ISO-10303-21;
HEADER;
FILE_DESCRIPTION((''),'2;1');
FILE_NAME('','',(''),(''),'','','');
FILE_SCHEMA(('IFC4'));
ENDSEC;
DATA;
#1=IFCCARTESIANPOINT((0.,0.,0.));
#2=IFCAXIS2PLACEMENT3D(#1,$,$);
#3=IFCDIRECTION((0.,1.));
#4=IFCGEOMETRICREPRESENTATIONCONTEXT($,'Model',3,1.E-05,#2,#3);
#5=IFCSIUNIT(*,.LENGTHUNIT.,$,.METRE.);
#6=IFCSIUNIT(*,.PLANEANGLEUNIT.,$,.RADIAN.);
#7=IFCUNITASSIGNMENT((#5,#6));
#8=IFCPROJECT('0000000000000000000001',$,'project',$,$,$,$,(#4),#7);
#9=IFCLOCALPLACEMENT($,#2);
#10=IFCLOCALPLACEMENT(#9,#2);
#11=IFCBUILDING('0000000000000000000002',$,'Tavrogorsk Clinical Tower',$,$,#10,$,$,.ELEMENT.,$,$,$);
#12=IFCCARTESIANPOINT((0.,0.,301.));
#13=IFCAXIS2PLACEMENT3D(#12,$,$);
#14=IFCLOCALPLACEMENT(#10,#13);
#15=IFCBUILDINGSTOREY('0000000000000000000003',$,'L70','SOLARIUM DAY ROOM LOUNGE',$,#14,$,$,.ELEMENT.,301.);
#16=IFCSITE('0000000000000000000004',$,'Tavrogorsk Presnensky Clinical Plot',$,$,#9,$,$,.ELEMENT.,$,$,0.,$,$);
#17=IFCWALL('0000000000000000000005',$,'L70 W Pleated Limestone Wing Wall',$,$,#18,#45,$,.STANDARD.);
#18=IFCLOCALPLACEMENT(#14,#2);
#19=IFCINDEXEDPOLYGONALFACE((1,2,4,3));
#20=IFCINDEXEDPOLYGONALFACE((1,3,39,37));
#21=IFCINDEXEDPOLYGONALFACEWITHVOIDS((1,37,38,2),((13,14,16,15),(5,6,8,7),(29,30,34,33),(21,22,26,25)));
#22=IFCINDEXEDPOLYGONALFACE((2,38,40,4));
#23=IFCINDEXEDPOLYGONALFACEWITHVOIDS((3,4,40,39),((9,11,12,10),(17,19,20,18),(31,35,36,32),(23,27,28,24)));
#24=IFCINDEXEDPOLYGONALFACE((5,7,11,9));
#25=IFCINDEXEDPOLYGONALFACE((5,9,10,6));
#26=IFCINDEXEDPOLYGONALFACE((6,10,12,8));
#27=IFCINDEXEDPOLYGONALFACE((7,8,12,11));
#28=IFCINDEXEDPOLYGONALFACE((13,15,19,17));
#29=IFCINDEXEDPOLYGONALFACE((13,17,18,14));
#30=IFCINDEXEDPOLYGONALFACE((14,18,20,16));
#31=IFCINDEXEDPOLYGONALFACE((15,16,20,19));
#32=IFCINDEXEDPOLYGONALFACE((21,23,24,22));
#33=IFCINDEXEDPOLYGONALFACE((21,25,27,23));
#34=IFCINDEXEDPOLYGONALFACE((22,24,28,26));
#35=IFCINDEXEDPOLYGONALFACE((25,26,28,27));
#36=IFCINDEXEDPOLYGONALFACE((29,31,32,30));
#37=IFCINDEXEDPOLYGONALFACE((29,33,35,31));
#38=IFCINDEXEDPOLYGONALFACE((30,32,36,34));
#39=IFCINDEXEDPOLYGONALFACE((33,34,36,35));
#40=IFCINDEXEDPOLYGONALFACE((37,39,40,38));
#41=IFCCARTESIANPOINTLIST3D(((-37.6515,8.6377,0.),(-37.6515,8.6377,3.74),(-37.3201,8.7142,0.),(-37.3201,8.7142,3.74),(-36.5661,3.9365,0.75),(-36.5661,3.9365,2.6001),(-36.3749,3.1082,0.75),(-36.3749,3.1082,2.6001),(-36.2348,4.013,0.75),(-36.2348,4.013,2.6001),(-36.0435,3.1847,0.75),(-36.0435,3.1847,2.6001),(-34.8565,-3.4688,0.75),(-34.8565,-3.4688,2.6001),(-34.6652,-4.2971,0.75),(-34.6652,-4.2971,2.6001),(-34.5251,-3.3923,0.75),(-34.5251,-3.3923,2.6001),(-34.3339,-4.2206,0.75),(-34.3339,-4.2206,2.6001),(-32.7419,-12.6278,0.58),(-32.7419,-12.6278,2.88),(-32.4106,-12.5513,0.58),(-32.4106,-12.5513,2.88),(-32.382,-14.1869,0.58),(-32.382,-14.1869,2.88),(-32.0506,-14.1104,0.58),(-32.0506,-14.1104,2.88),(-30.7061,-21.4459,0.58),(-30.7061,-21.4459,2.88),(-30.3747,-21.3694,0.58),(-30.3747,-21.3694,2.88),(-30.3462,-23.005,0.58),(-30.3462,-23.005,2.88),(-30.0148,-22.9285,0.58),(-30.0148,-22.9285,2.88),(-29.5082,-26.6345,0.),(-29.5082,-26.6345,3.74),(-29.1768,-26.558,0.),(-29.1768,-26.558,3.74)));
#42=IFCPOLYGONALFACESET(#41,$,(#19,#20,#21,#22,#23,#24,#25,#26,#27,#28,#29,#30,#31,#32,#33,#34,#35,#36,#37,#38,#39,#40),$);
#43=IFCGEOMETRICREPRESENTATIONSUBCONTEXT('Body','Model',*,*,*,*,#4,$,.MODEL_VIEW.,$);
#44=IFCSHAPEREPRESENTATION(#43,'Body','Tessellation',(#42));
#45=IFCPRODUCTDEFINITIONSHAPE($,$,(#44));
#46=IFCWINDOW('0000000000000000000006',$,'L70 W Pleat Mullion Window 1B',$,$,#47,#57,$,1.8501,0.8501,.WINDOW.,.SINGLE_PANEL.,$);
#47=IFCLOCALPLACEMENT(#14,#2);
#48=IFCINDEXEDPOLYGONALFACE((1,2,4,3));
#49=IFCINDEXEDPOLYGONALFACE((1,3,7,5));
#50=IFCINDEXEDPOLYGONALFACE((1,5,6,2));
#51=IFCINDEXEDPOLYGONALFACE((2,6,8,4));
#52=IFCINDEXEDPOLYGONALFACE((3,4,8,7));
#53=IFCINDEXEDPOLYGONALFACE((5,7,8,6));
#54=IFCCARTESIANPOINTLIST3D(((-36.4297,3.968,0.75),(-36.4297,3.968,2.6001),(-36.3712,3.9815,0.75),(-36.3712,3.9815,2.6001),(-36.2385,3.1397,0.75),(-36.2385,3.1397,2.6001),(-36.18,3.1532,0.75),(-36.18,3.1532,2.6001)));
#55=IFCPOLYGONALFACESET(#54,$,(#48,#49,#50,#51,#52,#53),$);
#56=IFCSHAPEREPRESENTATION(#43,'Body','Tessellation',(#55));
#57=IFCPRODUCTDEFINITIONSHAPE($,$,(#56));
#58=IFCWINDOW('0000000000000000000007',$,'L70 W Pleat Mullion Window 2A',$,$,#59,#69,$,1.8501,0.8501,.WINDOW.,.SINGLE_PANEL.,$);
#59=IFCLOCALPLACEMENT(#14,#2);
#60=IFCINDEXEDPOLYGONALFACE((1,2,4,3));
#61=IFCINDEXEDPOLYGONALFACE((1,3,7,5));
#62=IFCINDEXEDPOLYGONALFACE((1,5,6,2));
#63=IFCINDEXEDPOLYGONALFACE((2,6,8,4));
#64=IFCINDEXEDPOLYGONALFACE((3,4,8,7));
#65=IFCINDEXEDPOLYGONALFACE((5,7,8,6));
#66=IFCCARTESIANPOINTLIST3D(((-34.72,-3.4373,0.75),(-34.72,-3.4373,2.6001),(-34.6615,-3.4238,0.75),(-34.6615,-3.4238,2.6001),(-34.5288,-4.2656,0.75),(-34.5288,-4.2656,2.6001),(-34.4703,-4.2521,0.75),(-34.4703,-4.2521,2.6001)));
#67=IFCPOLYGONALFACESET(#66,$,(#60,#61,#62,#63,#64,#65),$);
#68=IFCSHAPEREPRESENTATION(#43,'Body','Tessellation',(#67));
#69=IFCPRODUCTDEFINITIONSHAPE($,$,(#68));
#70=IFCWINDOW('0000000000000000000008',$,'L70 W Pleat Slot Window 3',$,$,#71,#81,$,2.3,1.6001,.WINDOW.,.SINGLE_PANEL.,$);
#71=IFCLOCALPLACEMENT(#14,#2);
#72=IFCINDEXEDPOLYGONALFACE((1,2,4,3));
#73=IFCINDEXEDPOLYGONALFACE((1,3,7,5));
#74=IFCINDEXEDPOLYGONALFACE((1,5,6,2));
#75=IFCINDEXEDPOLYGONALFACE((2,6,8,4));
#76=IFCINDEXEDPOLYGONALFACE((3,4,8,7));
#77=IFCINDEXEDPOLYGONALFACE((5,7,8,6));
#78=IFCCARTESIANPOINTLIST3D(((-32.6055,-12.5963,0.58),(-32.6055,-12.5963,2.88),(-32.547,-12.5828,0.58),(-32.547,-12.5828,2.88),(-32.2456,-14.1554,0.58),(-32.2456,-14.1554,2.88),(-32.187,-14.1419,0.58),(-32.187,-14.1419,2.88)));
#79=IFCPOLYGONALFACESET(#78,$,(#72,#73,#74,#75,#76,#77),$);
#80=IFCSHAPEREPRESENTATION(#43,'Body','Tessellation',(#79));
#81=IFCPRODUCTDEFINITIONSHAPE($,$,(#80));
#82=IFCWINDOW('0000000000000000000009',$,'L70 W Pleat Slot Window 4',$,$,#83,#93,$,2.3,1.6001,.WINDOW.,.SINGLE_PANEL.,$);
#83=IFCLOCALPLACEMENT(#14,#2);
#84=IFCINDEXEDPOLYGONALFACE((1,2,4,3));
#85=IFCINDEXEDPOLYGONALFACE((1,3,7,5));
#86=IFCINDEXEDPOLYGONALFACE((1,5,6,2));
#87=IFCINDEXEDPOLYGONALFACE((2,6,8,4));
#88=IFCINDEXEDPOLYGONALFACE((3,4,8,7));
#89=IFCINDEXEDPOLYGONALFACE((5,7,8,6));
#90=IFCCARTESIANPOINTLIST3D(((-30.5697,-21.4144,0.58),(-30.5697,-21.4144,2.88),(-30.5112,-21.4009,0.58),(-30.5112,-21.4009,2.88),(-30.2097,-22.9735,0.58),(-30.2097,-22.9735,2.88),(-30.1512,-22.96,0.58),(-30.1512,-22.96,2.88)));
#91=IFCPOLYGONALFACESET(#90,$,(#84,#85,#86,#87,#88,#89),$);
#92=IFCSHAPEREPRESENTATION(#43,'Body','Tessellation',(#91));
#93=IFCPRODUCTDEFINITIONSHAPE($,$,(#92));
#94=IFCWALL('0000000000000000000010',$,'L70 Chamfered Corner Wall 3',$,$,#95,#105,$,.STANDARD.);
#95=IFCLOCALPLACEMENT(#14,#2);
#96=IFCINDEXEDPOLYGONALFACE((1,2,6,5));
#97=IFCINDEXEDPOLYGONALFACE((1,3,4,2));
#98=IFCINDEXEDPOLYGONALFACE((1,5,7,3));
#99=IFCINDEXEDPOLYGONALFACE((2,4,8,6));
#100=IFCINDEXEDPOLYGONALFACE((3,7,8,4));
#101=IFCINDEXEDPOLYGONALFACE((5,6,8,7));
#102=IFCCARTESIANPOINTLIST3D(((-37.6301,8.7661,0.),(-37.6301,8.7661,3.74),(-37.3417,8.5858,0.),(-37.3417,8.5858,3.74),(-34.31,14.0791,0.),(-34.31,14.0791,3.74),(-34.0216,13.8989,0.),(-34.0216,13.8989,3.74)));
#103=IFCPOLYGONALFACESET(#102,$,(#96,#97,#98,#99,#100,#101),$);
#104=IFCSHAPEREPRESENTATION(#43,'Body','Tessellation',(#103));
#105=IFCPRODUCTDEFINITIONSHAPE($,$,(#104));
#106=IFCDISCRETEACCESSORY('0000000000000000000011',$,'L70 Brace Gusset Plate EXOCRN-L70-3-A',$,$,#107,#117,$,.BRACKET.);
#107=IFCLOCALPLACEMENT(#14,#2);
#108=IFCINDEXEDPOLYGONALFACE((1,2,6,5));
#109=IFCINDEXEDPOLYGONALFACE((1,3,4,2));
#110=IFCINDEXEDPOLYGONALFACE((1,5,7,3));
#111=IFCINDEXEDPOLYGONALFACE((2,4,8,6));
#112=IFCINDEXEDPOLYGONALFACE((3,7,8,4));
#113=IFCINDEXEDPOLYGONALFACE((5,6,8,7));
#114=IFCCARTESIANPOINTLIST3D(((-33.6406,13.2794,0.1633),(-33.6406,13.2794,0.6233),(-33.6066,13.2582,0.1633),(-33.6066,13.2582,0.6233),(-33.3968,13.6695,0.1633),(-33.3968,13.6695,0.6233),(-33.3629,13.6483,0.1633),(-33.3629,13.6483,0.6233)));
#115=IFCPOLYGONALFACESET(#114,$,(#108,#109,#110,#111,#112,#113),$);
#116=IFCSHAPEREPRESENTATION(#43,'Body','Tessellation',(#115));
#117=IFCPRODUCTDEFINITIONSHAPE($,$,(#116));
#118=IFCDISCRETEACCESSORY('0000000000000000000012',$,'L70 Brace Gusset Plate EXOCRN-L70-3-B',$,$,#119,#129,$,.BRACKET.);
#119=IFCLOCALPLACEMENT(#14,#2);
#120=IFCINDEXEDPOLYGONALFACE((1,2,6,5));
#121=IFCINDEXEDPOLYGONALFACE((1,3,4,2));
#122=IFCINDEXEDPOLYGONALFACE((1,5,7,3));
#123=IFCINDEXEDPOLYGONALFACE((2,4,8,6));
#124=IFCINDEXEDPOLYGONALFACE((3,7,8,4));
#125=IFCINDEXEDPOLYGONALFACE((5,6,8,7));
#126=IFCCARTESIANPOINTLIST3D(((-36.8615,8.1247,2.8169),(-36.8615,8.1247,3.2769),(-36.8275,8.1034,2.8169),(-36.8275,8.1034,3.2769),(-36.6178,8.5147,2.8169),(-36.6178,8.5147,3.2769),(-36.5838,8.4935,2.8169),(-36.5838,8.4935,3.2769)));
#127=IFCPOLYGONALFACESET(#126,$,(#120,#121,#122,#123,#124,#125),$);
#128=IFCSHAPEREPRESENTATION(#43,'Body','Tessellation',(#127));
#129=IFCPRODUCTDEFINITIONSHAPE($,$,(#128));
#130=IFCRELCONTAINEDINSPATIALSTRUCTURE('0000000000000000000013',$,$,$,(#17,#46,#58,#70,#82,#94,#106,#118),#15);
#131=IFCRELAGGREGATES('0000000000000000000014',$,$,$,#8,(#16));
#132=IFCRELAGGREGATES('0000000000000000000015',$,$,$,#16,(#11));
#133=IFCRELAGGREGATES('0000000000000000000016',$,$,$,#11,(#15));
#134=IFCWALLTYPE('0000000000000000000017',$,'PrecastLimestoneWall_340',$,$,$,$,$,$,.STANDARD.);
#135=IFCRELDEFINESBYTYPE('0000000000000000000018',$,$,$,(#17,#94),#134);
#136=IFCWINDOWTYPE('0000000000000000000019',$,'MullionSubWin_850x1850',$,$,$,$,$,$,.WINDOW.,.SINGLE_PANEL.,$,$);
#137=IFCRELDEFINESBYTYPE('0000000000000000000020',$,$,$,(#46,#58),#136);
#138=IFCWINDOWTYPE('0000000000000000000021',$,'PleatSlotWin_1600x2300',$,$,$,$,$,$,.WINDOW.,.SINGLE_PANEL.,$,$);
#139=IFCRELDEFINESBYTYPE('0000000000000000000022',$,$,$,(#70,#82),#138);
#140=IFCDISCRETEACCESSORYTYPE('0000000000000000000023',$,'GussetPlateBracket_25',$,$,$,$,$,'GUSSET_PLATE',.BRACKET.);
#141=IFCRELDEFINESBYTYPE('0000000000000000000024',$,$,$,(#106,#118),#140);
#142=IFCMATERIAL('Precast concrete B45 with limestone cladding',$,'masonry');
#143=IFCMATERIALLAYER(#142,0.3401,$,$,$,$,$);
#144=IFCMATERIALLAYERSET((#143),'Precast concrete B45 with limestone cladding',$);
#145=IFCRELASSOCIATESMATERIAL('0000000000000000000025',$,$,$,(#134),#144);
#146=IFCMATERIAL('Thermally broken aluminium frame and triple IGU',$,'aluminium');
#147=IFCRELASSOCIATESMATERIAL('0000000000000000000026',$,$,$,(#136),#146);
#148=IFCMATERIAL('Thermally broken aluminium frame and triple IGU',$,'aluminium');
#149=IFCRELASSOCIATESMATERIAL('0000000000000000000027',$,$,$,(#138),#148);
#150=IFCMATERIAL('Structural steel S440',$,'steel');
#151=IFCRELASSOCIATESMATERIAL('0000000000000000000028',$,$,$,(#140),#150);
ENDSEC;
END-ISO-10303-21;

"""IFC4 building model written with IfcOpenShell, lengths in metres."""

from ifc_helpers import new_model, si_unit, direction, frame, frame_2d, origin, origin_2d, place, context, subcontext, project, spatial, rectangle, extrude, material, layer, layer_set, type_object, element, fill, save


model = new_model("IFC4")

# Units and contexts
model_context = context("Model", 3, precision=1e-05, world=origin(), true_north=direction((0.0, 1.0)))
body_context = subcontext(model_context, "Body", "Model", "MODEL_VIEW")
ifc_project = project(units=[si_unit("LENGTHUNIT", "METRE"), si_unit("PLANEANGLEUNIT", "RADIAN")], contexts=[model_context])

# Site, building, storey
site_placement = place(None, origin())
site = spatial("IfcSite", under=ifc_project, at=site_placement, Name="Tavrogorsk Presnensky Clinical Plot", CompositionType="ELEMENT", RefElevation=0.0)
building_placement = place(site_placement, origin())
building = spatial("IfcBuilding", under=site, at=building_placement, Name="Tavrogorsk Clinical Tower", CompositionType="ELEMENT")
storey_placement = place(building_placement, frame((0.0, 0.0, 301.0)))
storey = spatial("IfcBuildingStorey", under=building, at=storey_placement, Name="L70", Description="SOLARIUM DAY ROOM LOUNGE", CompositionType="ELEMENT", Elevation=301.0)

# Wall, openings, windows
ifc_material_1 = material(Name="Precast concrete B45 with limestone cladding", Category="masonry")
ifc_layer_1 = layer(ifc_material_1, 0.3401)
ifc_layer_set_1 = layer_set([ifc_layer_1], Name="Precast concrete B45 with limestone cladding")
wall_type_1 = type_object("IfcWallType", Name="PrecastLimestoneWall_340", PredefinedType="STANDARD", material=ifc_layer_set_1)
wall_1_placement = place(storey_placement, frame((-37.4858, 8.676, 0.0), z_axis=(0.0, 0.0, 1.0), x_axis=(0.224953, -0.97437, 0.0)))
wall_1 = element("IfcWall", 1, at=wall_1_placement, inside=storey, type_object=wall_type_1, Name="L70 W Pleated Limestone Wing Wall", PredefinedType="STANDARD", context=body_context, shape_type="SweptSolid", body=[
    extrude(rectangle(XDim=36.2, YDim=0.3401, at=frame_2d((18.1001, 0.0))), origin(), (0.0, 0.0, 1.0), 3.74),
])
opening_1_placement = place(wall_1_placement, frame((4.825, 0.0, 0.75)))
opening_1 = element("IfcOpeningElement", 2, at=opening_1_placement, cuts=wall_1, PredefinedType="OPENING", context=body_context, shape_type="SweptSolid", body=[
    extrude(rectangle(XDim=0.8501, YDim=1.8501, at=frame_2d((0.425, 0.925))), frame((0.0, 0.1799, 0.0), z_axis=(0.0, -1.0, 0.0), x_axis=(1.0, 0.0, 0.0)), (0.0, 0.0, 1.0), 0.3601),
])
opening_2_placement = place(wall_1_placement, frame((12.425, 0.0, 0.75)))
opening_2 = element("IfcOpeningElement", 3, at=opening_2_placement, cuts=wall_1, PredefinedType="OPENING", context=body_context, shape_type="SweptSolid", body=[
    extrude(rectangle(XDim=0.8501, YDim=1.8501, at=frame_2d((0.425, 0.925))), frame((0.0, 0.1799, 0.0), z_axis=(0.0, -1.0, 0.0), x_axis=(1.0, 0.0, 0.0)), (0.0, 0.0, 1.0), 0.3601),
])
opening_3_placement = place(wall_1_placement, frame((21.825, 0.0, 0.5801)))
opening_3 = element("IfcOpeningElement", 4, at=opening_3_placement, cuts=wall_1, PredefinedType="OPENING", context=body_context, shape_type="SweptSolid", body=[
    extrude(rectangle(XDim=1.6001, YDim=2.3, at=frame_2d((0.8, 1.1499))), frame((0.0, 0.1799, 0.0), z_axis=(0.0, -1.0, 0.0), x_axis=(1.0, 0.0, 0.0)), (0.0, 0.0, 1.0), 0.3601),
])
opening_4_placement = place(wall_1_placement, frame((30.875, 0.0, 0.5801)))
opening_4 = element("IfcOpeningElement", 5, at=opening_4_placement, cuts=wall_1, PredefinedType="OPENING", context=body_context, shape_type="SweptSolid", body=[
    extrude(rectangle(XDim=1.6001, YDim=2.3, at=frame_2d((0.8, 1.1499))), frame((0.0, 0.1799, 0.0), z_axis=(0.0, -1.0, 0.0), x_axis=(1.0, 0.0, 0.0)), (0.0, 0.0, 1.0), 0.3601),
])
ifc_material_2 = material(Name="Thermally broken aluminium frame and triple IGU", Category="aluminium")
window_type_1 = type_object("IfcWindowType", Name="MullionSubWin_850x1850", PartitioningType="SINGLE_PANEL", PredefinedType="WINDOW", material=ifc_material_2)
window_1_placement = place(opening_1_placement, origin())
window_1 = element("IfcWindow", 6, at=window_1_placement, inside=storey, type_object=window_type_1, Name="L70 W Pleat Mullion Window 1B", OverallHeight=1.8501, OverallWidth=0.8501, PartitioningType="SINGLE_PANEL", PredefinedType="WINDOW", context=body_context, shape_type="SweptSolid", body=[
    extrude(rectangle(XDim=0.8501, YDim=1.8501, at=frame_2d((0.425, 0.925))), frame((0.0, 0.03, 0.0), z_axis=(0.0, -1.0, 0.0), x_axis=(1.0, 0.0, 0.0)), (0.0, 0.0, 1.0), 0.0601),
])
fill(opening_1, window_1)
window_2_placement = place(opening_2_placement, origin())
window_2 = element("IfcWindow", 7, at=window_2_placement, inside=storey, type_object=window_type_1, Name="L70 W Pleat Mullion Window 2A", OverallHeight=1.8501, OverallWidth=0.8501, PartitioningType="SINGLE_PANEL", PredefinedType="WINDOW", context=body_context, shape_type="SweptSolid", body=[
    extrude(rectangle(XDim=0.8501, YDim=1.8501, at=frame_2d((0.425, 0.925))), frame((0.0, 0.03, 0.0), z_axis=(0.0, -1.0, 0.0), x_axis=(1.0, 0.0, 0.0)), (0.0, 0.0, 1.0), 0.0601),
])
fill(opening_2, window_2)
ifc_material_3 = material(Name="Thermally broken aluminium frame and triple IGU", Category="aluminium")
window_type_2 = type_object("IfcWindowType", Name="PleatSlotWin_1600x2300", PartitioningType="SINGLE_PANEL", PredefinedType="WINDOW", material=ifc_material_3)
window_3_placement = place(opening_3_placement, origin())
window_3 = element("IfcWindow", 8, at=window_3_placement, inside=storey, type_object=window_type_2, Name="L70 W Pleat Slot Window 3", OverallHeight=2.3, OverallWidth=1.6001, PartitioningType="SINGLE_PANEL", PredefinedType="WINDOW", context=body_context, shape_type="SweptSolid", body=[
    extrude(rectangle(XDim=1.6001, YDim=2.3, at=frame_2d((0.8, 1.1499))), frame((0.0, 0.03, 0.0), z_axis=(0.0, -1.0, 0.0), x_axis=(1.0, 0.0, 0.0)), (0.0, 0.0, 1.0), 0.0601),
])
fill(opening_3, window_3)
window_4_placement = place(opening_4_placement, origin())
window_4 = element("IfcWindow", 9, at=window_4_placement, inside=storey, type_object=window_type_2, Name="L70 W Pleat Slot Window 4", OverallHeight=2.3, OverallWidth=1.6001, PartitioningType="SINGLE_PANEL", PredefinedType="WINDOW", context=body_context, shape_type="SweptSolid", body=[
    extrude(rectangle(XDim=1.6001, YDim=2.3, at=frame_2d((0.8, 1.1499))), frame((0.0, 0.03, 0.0), z_axis=(0.0, -1.0, 0.0), x_axis=(1.0, 0.0, 0.0)), (0.0, 0.0, 1.0), 0.0601),
])
fill(opening_4, window_4)

# Wall
wall_2_placement = place(storey_placement, frame((-34.1658, 13.989, 0.0), z_axis=(0.0, 0.0, 1.0), x_axis=(-0.529936, -0.848038, 0.0)))
element("IfcWall", 10, at=wall_2_placement, inside=storey, type_object=wall_type_1, Name="L70 Chamfered Corner Wall 3", PredefinedType="STANDARD", context=body_context, shape_type="SweptSolid", body=[
    extrude(rectangle(XDim=6.2651, YDim=0.3401, at=frame_2d((3.1326, 0.0))), origin(), (0.0, 0.0, 1.0), 3.74),
])

# Discrete accessories
ifc_material_4 = material(Name="Structural steel S440", Category="steel")
discrete_accessory_type = type_object("IfcDiscreteAccessoryType", Name="GussetPlateBracket_25", ElementType="GUSSET_PLATE", PredefinedType="BRACKET", material=ifc_material_4)
for number, where, z_axis, x_axis, name in (
    (11, (-33.5017, 13.4639, 0.1633), (0.0, 0.0, 1.0), (-0.529919, -0.848048, 0.0), "L70 Brace Gusset Plate EXOCRN-L70-3-A"),
    (12, (-36.7227, 8.3091, 2.8169), (0.0, 0.0, 1.0), (-0.529919, -0.848048, 0.0), "L70 Brace Gusset Plate EXOCRN-L70-3-B"),
):
    element("IfcDiscreteAccessory", number, at=place(storey_placement, frame(where, z_axis=z_axis, x_axis=x_axis)), inside=storey, type_object=discrete_accessory_type, Name=name, PredefinedType="BRACKET", context=body_context, shape_type="SweptSolid", body=[
        extrude(rectangle(XDim=0.46, YDim=0.04, at=origin_2d()), origin(), (0.0, 0.0, 1.0), 0.46),
    ])

save(model, "model.ifc")
